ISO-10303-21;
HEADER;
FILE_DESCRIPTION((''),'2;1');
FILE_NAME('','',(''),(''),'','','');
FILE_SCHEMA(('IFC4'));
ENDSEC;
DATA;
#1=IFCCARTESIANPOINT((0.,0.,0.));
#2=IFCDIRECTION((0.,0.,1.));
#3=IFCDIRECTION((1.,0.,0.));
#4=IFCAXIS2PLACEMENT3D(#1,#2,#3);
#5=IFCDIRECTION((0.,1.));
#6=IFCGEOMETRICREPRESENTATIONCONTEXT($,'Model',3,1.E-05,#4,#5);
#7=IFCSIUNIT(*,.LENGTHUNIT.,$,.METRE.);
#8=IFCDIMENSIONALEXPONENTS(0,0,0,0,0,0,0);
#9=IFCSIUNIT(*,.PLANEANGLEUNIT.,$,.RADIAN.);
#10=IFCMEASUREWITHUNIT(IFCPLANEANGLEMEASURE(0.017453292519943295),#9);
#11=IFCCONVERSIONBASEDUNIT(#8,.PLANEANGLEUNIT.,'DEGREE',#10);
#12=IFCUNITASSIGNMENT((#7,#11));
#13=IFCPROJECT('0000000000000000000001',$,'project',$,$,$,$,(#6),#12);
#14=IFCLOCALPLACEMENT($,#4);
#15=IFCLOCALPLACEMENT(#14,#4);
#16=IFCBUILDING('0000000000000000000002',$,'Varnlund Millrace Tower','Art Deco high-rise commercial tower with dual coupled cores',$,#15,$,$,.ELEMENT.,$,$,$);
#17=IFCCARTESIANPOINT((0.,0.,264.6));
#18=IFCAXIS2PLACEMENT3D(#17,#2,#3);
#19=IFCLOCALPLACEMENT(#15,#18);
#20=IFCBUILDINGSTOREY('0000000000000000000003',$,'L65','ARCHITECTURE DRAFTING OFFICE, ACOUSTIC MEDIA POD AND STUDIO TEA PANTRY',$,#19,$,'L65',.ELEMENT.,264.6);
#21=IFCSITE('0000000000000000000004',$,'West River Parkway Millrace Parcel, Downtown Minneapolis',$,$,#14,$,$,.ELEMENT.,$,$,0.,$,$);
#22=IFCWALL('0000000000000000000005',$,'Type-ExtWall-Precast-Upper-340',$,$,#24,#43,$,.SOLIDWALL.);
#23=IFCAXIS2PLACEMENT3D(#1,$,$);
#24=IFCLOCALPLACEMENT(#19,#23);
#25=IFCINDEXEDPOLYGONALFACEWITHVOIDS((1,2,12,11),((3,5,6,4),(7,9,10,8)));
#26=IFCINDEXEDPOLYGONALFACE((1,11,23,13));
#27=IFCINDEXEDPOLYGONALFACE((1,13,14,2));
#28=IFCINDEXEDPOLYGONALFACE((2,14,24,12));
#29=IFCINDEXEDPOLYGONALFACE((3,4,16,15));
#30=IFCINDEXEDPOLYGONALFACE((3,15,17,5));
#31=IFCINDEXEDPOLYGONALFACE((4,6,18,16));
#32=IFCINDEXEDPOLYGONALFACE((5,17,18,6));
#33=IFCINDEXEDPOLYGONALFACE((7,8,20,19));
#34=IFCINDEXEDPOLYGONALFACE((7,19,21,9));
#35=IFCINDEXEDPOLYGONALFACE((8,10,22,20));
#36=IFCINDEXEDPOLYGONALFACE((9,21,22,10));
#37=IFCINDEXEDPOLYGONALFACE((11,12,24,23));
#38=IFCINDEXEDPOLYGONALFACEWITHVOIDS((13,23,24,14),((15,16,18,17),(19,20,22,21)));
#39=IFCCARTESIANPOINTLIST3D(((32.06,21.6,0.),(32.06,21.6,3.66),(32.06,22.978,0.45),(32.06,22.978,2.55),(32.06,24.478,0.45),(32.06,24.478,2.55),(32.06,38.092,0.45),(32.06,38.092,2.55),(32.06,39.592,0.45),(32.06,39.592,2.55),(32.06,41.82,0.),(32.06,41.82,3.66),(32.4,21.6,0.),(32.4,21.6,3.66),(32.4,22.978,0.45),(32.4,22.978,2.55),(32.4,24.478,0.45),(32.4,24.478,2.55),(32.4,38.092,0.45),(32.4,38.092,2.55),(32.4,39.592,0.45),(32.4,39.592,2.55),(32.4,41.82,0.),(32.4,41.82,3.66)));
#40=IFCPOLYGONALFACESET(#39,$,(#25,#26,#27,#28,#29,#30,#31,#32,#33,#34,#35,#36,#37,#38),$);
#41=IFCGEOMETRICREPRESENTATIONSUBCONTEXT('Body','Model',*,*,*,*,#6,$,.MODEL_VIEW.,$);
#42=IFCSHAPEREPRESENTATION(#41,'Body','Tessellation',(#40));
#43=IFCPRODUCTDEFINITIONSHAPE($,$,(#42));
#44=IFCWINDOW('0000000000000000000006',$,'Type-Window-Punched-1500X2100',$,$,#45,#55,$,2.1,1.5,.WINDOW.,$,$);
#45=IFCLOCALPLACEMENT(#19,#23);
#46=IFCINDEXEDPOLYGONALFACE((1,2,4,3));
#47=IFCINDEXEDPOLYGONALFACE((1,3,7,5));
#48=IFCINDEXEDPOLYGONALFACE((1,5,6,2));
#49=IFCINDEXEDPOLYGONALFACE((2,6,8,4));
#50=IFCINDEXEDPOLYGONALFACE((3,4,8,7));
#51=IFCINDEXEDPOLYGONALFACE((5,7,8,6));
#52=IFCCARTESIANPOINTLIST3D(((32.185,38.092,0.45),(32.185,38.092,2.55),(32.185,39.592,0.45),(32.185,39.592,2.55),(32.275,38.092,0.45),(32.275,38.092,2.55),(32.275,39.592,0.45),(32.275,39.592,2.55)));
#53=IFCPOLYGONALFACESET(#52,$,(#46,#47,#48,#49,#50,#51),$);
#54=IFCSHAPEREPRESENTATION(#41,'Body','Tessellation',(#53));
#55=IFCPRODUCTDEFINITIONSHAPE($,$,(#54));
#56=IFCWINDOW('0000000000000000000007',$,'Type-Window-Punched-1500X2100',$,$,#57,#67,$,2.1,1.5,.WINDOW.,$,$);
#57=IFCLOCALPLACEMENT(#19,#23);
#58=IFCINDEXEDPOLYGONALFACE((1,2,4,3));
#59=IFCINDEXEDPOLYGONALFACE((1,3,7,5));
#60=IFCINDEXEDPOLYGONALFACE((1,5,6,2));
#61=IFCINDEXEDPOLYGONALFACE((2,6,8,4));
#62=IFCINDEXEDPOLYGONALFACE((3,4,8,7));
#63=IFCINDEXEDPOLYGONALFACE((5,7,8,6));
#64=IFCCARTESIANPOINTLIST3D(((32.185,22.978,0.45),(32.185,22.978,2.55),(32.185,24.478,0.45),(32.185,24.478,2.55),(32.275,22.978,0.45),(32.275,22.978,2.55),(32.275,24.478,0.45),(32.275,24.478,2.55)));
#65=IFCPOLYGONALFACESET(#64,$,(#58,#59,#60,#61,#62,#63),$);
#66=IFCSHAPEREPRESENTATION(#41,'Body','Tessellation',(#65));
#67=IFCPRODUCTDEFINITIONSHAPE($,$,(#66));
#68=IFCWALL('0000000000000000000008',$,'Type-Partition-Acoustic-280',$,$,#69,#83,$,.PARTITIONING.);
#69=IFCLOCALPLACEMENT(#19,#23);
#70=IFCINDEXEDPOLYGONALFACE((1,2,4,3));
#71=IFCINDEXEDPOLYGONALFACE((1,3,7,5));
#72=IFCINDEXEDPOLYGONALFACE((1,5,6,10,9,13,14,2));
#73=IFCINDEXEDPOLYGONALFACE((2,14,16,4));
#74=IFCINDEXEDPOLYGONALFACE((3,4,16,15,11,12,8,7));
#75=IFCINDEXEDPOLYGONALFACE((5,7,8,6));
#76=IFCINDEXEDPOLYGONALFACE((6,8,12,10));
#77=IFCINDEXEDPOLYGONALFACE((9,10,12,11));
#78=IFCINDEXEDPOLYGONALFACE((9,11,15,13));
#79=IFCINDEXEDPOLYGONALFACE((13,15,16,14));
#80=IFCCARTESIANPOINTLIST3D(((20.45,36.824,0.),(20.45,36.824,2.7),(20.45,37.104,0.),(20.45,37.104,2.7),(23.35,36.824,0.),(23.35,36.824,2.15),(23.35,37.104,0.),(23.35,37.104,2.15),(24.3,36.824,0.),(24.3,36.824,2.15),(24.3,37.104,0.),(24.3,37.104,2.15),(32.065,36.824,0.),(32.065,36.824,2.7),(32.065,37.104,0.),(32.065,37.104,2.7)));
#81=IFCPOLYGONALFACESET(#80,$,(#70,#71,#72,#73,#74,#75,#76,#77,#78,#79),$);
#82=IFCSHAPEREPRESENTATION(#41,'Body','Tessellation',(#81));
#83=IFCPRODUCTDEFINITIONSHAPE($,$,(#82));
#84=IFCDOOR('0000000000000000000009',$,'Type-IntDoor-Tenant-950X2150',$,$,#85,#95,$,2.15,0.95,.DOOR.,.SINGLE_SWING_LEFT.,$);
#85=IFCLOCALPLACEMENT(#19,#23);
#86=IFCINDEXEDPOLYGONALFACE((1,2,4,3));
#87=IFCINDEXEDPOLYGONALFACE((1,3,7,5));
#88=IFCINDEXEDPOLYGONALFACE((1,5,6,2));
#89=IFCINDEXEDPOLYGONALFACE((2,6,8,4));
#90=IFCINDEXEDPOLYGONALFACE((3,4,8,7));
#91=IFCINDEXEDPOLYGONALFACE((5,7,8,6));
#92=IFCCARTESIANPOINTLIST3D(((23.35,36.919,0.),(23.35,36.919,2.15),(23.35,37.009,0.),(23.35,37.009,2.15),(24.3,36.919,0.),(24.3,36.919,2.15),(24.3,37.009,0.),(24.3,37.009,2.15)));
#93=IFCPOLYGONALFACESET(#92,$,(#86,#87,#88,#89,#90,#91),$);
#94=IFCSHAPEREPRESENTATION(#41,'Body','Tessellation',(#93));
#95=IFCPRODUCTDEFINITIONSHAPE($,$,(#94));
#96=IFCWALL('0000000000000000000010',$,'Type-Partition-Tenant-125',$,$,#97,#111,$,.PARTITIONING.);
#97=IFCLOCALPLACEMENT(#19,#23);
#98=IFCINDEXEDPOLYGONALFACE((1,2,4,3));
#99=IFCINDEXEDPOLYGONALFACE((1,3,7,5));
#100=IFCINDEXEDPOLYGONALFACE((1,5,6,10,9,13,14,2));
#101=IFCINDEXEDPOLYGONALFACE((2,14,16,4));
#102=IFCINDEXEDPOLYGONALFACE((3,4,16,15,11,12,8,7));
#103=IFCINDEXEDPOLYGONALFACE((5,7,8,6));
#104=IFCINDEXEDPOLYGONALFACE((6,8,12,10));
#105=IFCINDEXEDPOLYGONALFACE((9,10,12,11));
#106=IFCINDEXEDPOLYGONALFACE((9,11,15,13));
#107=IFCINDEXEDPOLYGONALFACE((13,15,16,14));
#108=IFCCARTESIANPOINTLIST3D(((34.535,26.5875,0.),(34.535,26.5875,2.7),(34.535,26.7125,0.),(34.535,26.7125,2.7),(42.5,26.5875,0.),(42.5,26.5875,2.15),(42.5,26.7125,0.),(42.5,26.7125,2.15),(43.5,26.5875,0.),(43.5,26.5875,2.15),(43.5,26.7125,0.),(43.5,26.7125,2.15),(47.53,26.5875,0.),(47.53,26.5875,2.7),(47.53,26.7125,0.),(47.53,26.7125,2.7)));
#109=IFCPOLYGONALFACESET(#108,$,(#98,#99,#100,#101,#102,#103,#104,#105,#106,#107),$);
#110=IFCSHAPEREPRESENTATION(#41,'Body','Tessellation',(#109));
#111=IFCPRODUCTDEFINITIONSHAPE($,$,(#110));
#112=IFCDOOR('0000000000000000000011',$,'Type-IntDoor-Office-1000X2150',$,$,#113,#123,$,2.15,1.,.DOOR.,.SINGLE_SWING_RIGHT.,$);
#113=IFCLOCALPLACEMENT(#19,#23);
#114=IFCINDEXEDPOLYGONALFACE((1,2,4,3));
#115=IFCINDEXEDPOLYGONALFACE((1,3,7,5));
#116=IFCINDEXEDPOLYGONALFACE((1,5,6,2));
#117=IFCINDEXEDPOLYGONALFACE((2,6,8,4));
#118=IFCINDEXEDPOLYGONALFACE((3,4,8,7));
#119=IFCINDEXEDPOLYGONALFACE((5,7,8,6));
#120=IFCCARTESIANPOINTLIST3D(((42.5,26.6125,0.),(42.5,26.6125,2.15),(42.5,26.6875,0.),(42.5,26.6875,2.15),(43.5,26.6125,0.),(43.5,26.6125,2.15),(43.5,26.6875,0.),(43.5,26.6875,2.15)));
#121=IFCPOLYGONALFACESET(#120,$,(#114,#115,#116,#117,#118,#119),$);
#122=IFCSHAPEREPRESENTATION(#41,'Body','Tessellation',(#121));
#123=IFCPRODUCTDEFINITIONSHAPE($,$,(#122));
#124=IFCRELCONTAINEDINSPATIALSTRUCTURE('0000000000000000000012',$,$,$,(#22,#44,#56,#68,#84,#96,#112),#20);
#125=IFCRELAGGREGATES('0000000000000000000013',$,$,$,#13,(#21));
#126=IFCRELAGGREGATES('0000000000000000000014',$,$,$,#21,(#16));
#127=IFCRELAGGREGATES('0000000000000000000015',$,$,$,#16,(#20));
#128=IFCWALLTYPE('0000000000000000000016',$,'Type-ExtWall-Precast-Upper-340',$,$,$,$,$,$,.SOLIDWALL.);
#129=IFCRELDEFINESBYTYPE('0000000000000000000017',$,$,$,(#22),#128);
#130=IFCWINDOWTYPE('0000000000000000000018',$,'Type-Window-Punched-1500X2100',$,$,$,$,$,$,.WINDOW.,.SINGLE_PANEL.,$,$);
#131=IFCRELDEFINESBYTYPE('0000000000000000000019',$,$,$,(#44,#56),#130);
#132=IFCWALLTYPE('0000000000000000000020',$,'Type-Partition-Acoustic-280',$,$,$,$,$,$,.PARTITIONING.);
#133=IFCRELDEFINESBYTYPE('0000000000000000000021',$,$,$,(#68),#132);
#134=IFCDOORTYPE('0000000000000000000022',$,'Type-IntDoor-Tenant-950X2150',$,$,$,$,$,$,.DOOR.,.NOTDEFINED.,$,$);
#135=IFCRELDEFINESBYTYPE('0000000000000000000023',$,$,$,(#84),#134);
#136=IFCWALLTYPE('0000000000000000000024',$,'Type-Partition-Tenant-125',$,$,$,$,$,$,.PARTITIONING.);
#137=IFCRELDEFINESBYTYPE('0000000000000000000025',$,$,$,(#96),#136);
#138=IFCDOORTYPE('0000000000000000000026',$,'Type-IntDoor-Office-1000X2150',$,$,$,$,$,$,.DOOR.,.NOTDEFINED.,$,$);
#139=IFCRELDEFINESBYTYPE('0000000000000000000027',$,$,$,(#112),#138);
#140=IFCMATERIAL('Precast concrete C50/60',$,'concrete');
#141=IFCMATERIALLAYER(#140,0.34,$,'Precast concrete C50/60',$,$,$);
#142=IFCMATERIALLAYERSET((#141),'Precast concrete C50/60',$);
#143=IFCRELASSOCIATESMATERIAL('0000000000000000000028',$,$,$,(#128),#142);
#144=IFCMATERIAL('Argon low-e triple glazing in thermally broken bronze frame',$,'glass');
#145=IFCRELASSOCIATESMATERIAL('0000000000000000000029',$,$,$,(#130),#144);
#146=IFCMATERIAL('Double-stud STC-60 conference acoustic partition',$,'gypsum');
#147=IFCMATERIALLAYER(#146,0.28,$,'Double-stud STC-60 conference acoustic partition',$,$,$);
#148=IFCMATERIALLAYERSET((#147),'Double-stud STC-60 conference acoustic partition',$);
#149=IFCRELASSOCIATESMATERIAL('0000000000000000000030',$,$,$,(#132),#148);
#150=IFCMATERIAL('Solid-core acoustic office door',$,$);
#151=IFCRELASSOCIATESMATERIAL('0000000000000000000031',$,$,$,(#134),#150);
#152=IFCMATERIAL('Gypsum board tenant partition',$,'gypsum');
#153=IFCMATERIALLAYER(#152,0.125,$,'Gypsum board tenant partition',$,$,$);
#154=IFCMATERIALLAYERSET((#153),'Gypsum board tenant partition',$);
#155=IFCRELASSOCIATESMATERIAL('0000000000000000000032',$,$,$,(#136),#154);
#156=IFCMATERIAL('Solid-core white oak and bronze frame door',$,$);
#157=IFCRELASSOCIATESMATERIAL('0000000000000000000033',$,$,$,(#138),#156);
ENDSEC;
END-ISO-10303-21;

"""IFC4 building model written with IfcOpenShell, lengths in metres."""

from ifc_helpers import new_model, entity, si_unit, converted_unit, direction, frame, origin_with_axes, origin_2d_with_axis, place, context, subcontext, project, spatial, polyline, rectangle, outline, extrude, material, layer, layer_set, type_object, element, fill, save


model = new_model("IFC4")

# Units and contexts
model_context = context("Model", 3, precision=1e-05, world=origin_with_axes(), true_north=direction((0.0, 1.0)))
body_context = subcontext(model_context, "Body", "Model", "MODEL_VIEW")
ifc_project = project(units=[si_unit("LENGTHUNIT", "METRE"), converted_unit("PLANEANGLEUNIT", "DEGREE", entity("IfcPlaneAngleMeasure", 0.017453292519943295), si_unit("PLANEANGLEUNIT", "RADIAN"), dimensions=[0, 0, 0, 0, 0, 0, 0])], contexts=[model_context])

# Site, building, storey
site_placement = place(None, origin_with_axes())
site = spatial("IfcSite", under=ifc_project, at=site_placement, Name="West River Parkway Millrace Parcel, Downtown Minneapolis", CompositionType="ELEMENT", RefElevation=0.0)
building_placement = place(site_placement, origin_with_axes())
building = spatial("IfcBuilding", under=site, at=building_placement, Name="Varnlund Millrace Tower", Description="Art Deco high-rise commercial tower with dual coupled cores", CompositionType="ELEMENT")
storey_placement = place(building_placement, frame((0.0, 0.0, 264.6), z_axis=(0.0, 0.0, 1.0), x_axis=(1.0, 0.0, 0.0)))
storey = spatial("IfcBuildingStorey", under=building, at=storey_placement, Name="L65", Description="ARCHITECTURE DRAFTING OFFICE, ACOUSTIC MEDIA POD AND STUDIO TEA PANTRY", LongName="L65", CompositionType="ELEMENT", Elevation=264.6)

# Shared definitions
ifc_material_1 = material(Name="Precast concrete C50/60", Category="concrete")
ifc_layer_1 = layer(ifc_material_1, 0.34, Name="Precast concrete C50/60")
ifc_layer_set_1 = layer_set([ifc_layer_1], Name="Precast concrete C50/60")
wall_type_1 = type_object("IfcWallType", Name="Type-ExtWall-Precast-Upper-340", PredefinedType="SOLIDWALL", material=ifc_layer_set_1)
ifc_material_2 = material(Name="Argon low-e triple glazing in thermally broken bronze frame", Category="glass")
window_type = type_object("IfcWindowType", Name="Type-Window-Punched-1500X2100", PartitioningType="SINGLE_PANEL", PredefinedType="WINDOW", material=ifc_material_2)

# Wall, openings, windows
wall_1_placement = place(storey_placement, frame((32.23, 41.82, 0.0), z_axis=(0.0, 0.0, 1.0), x_axis=(0.0, -1.0, 0.0)))
wall_1 = element("IfcWall", 1, at=wall_1_placement, inside=storey, type_object=wall_type_1, Name="Type-ExtWall-Precast-Upper-340", PredefinedType="SOLIDWALL", context=body_context, shape_type="SweptSolid", body=[
    extrude(outline(polyline([(0.0, -0.17), (20.22, -0.17), (20.22, 0.17), (0.0, 0.17), (0.0, -0.17)])), origin_with_axes(), (0.0, 0.0, 1.0), 3.66),
])
opening_1_placement = place(wall_1_placement, frame((2.978, 0.0, 0.45), z_axis=(0.0, 0.0, 1.0), x_axis=(1.0, 0.0, 0.0)))
opening_1 = element("IfcOpeningElement", 2, at=opening_1_placement, cuts=wall_1, PredefinedType="OPENING", context=body_context, shape_type="SweptSolid", body=[
    extrude(rectangle(XDim=1.5, YDim=0.36, at=origin_2d_with_axis()), origin_with_axes(), (0.0, 0.0, 1.0), 2.1),
])
opening_2_placement = place(wall_1_placement, frame((18.092, 0.0, 0.45), z_axis=(0.0, 0.0, 1.0), x_axis=(1.0, 0.0, 0.0)))
opening_2 = element("IfcOpeningElement", 3, at=opening_2_placement, cuts=wall_1, PredefinedType="OPENING", context=body_context, shape_type="SweptSolid", body=[
    extrude(rectangle(XDim=1.5, YDim=0.36, at=origin_2d_with_axis()), origin_with_axes(), (0.0, 0.0, 1.0), 2.1),
])
window_1_placement = place(wall_1_placement, frame((2.978, 0.0, 0.45), z_axis=(0.0, 0.0, 1.0), x_axis=(1.0, 0.0, 0.0)))
window_1 = element("IfcWindow", 4, at=window_1_placement, inside=storey, type_object=window_type, Name="Type-Window-Punched-1500X2100", OverallHeight=2.1, OverallWidth=1.5, PredefinedType="WINDOW", context=body_context, shape_type="SweptSolid", body=[
    extrude(rectangle(XDim=1.5, YDim=0.09, at=origin_2d_with_axis()), origin_with_axes(), (0.0, 0.0, 1.0), 2.1),
])
fill(opening_1, window_1)
window_2_placement = place(wall_1_placement, frame((18.092, 0.0, 0.45), z_axis=(0.0, 0.0, 1.0), x_axis=(1.0, 0.0, 0.0)))
window_2 = element("IfcWindow", 5, at=window_2_placement, inside=storey, type_object=window_type, Name="Type-Window-Punched-1500X2100", OverallHeight=2.1, OverallWidth=1.5, PredefinedType="WINDOW", context=body_context, shape_type="SweptSolid", body=[
    extrude(rectangle(XDim=1.5, YDim=0.09, at=origin_2d_with_axis()), origin_with_axes(), (0.0, 0.0, 1.0), 2.1),
])
fill(opening_2, window_2)

# Walls, openings, doors
ifc_material_3 = material(Name="Double-stud STC-60 conference acoustic partition", Category="gypsum")
ifc_layer_2 = layer(ifc_material_3, 0.28, Name="Double-stud STC-60 conference acoustic partition")
ifc_layer_set_2 = layer_set([ifc_layer_2], Name="Double-stud STC-60 conference acoustic partition")
wall_type_2 = type_object("IfcWallType", Name="Type-Partition-Acoustic-280", PredefinedType="PARTITIONING", material=ifc_layer_set_2)
wall_2_placement = place(storey_placement, frame((20.45, 36.964, 0.0), z_axis=(0.0, 0.0, 1.0), x_axis=(1.0, 0.0, 0.0)))
wall_2 = element("IfcWall", 6, at=wall_2_placement, inside=storey, type_object=wall_type_2, Name="Type-Partition-Acoustic-280", PredefinedType="PARTITIONING", context=body_context, shape_type="SweptSolid", body=[
    extrude(outline(polyline([(0.0, -0.14), (11.615, -0.14), (11.615, 0.14), (0.0, 0.14), (0.0, -0.14)])), origin_with_axes(), (0.0, 0.0, 1.0), 2.7),
])
opening_3_placement = place(wall_2_placement, frame((3.375, 0.0, 0.0), z_axis=(0.0, 0.0, 1.0), x_axis=(1.0, 0.0, 0.0)))
opening_3 = element("IfcOpeningElement", 7, at=opening_3_placement, cuts=wall_2, PredefinedType="OPENING", context=body_context, shape_type="SweptSolid", body=[
    extrude(rectangle(XDim=0.95, YDim=0.3, at=origin_2d_with_axis()), origin_with_axes(), (0.0, 0.0, 1.0), 2.15),
])
ifc_material_4 = material(Name="Solid-core acoustic office door")
door_type_1 = type_object("IfcDoorType", Name="Type-IntDoor-Tenant-950X2150", OperationType="NOTDEFINED", PredefinedType="DOOR", material=ifc_material_4)
door_1_placement = place(wall_2_placement, frame((3.375, 0.0, 0.0), z_axis=(0.0, 0.0, 1.0), x_axis=(1.0, 0.0, 0.0)))
door_1 = element("IfcDoor", 8, at=door_1_placement, inside=storey, type_object=door_type_1, Name="Type-IntDoor-Tenant-950X2150", OperationType="SINGLE_SWING_LEFT", OverallHeight=2.15, OverallWidth=0.95, PredefinedType="DOOR", context=body_context, shape_type="SweptSolid", body=[
    extrude(rectangle(XDim=0.95, YDim=0.09, at=origin_2d_with_axis()), origin_with_axes(), (0.0, 0.0, 1.0), 2.15),
])
fill(opening_3, door_1)
ifc_material_5 = material(Name="Gypsum board tenant partition", Category="gypsum")
ifc_layer_3 = layer(ifc_material_5, 0.125, Name="Gypsum board tenant partition")
ifc_layer_set_3 = layer_set([ifc_layer_3], Name="Gypsum board tenant partition")
wall_type_3 = type_object("IfcWallType", Name="Type-Partition-Tenant-125", PredefinedType="PARTITIONING", material=ifc_layer_set_3)
wall_3_placement = place(storey_placement, frame((34.535, 26.65, 0.0), z_axis=(0.0, 0.0, 1.0), x_axis=(1.0, 0.0, 0.0)))
wall_3 = element("IfcWall", 9, at=wall_3_placement, inside=storey, type_object=wall_type_3, Name="Type-Partition-Tenant-125", PredefinedType="PARTITIONING", context=body_context, shape_type="SweptSolid", body=[
    extrude(outline(polyline([(0.0, -0.0625), (12.995, -0.0625), (12.995, 0.0625), (0.0, 0.0625), (0.0, -0.0625)])), origin_with_axes(), (0.0, 0.0, 1.0), 2.7),
])
opening_4_placement = place(wall_3_placement, frame((8.465, 0.0, 0.0), z_axis=(0.0, 0.0, 1.0), x_axis=(1.0, 0.0, 0.0)))
opening_4 = element("IfcOpeningElement", 10, at=opening_4_placement, cuts=wall_3, PredefinedType="OPENING", context=body_context, shape_type="SweptSolid", body=[
    extrude(rectangle(XDim=1.0, YDim=0.145, at=origin_2d_with_axis()), origin_with_axes(), (0.0, 0.0, 1.0), 2.15),
])
ifc_material_6 = material(Name="Solid-core white oak and bronze frame door")
door_type_2 = type_object("IfcDoorType", Name="Type-IntDoor-Office-1000X2150", OperationType="NOTDEFINED", PredefinedType="DOOR", material=ifc_material_6)
door_2_placement = place(wall_3_placement, frame((8.465, 0.0, 0.0), z_axis=(0.0, 0.0, 1.0), x_axis=(1.0, 0.0, 0.0)))
door_2 = element("IfcDoor", 11, at=door_2_placement, inside=storey, type_object=door_type_2, Name="Type-IntDoor-Office-1000X2150", OperationType="SINGLE_SWING_RIGHT", OverallHeight=2.15, OverallWidth=1.0, PredefinedType="DOOR", context=body_context, shape_type="SweptSolid", body=[
    extrude(rectangle(XDim=1.0, YDim=0.075, at=origin_2d_with_axis()), origin_with_axes(), (0.0, 0.0, 1.0), 2.15),
])
fill(opening_4, door_2)

save(model, "model.ifc")
